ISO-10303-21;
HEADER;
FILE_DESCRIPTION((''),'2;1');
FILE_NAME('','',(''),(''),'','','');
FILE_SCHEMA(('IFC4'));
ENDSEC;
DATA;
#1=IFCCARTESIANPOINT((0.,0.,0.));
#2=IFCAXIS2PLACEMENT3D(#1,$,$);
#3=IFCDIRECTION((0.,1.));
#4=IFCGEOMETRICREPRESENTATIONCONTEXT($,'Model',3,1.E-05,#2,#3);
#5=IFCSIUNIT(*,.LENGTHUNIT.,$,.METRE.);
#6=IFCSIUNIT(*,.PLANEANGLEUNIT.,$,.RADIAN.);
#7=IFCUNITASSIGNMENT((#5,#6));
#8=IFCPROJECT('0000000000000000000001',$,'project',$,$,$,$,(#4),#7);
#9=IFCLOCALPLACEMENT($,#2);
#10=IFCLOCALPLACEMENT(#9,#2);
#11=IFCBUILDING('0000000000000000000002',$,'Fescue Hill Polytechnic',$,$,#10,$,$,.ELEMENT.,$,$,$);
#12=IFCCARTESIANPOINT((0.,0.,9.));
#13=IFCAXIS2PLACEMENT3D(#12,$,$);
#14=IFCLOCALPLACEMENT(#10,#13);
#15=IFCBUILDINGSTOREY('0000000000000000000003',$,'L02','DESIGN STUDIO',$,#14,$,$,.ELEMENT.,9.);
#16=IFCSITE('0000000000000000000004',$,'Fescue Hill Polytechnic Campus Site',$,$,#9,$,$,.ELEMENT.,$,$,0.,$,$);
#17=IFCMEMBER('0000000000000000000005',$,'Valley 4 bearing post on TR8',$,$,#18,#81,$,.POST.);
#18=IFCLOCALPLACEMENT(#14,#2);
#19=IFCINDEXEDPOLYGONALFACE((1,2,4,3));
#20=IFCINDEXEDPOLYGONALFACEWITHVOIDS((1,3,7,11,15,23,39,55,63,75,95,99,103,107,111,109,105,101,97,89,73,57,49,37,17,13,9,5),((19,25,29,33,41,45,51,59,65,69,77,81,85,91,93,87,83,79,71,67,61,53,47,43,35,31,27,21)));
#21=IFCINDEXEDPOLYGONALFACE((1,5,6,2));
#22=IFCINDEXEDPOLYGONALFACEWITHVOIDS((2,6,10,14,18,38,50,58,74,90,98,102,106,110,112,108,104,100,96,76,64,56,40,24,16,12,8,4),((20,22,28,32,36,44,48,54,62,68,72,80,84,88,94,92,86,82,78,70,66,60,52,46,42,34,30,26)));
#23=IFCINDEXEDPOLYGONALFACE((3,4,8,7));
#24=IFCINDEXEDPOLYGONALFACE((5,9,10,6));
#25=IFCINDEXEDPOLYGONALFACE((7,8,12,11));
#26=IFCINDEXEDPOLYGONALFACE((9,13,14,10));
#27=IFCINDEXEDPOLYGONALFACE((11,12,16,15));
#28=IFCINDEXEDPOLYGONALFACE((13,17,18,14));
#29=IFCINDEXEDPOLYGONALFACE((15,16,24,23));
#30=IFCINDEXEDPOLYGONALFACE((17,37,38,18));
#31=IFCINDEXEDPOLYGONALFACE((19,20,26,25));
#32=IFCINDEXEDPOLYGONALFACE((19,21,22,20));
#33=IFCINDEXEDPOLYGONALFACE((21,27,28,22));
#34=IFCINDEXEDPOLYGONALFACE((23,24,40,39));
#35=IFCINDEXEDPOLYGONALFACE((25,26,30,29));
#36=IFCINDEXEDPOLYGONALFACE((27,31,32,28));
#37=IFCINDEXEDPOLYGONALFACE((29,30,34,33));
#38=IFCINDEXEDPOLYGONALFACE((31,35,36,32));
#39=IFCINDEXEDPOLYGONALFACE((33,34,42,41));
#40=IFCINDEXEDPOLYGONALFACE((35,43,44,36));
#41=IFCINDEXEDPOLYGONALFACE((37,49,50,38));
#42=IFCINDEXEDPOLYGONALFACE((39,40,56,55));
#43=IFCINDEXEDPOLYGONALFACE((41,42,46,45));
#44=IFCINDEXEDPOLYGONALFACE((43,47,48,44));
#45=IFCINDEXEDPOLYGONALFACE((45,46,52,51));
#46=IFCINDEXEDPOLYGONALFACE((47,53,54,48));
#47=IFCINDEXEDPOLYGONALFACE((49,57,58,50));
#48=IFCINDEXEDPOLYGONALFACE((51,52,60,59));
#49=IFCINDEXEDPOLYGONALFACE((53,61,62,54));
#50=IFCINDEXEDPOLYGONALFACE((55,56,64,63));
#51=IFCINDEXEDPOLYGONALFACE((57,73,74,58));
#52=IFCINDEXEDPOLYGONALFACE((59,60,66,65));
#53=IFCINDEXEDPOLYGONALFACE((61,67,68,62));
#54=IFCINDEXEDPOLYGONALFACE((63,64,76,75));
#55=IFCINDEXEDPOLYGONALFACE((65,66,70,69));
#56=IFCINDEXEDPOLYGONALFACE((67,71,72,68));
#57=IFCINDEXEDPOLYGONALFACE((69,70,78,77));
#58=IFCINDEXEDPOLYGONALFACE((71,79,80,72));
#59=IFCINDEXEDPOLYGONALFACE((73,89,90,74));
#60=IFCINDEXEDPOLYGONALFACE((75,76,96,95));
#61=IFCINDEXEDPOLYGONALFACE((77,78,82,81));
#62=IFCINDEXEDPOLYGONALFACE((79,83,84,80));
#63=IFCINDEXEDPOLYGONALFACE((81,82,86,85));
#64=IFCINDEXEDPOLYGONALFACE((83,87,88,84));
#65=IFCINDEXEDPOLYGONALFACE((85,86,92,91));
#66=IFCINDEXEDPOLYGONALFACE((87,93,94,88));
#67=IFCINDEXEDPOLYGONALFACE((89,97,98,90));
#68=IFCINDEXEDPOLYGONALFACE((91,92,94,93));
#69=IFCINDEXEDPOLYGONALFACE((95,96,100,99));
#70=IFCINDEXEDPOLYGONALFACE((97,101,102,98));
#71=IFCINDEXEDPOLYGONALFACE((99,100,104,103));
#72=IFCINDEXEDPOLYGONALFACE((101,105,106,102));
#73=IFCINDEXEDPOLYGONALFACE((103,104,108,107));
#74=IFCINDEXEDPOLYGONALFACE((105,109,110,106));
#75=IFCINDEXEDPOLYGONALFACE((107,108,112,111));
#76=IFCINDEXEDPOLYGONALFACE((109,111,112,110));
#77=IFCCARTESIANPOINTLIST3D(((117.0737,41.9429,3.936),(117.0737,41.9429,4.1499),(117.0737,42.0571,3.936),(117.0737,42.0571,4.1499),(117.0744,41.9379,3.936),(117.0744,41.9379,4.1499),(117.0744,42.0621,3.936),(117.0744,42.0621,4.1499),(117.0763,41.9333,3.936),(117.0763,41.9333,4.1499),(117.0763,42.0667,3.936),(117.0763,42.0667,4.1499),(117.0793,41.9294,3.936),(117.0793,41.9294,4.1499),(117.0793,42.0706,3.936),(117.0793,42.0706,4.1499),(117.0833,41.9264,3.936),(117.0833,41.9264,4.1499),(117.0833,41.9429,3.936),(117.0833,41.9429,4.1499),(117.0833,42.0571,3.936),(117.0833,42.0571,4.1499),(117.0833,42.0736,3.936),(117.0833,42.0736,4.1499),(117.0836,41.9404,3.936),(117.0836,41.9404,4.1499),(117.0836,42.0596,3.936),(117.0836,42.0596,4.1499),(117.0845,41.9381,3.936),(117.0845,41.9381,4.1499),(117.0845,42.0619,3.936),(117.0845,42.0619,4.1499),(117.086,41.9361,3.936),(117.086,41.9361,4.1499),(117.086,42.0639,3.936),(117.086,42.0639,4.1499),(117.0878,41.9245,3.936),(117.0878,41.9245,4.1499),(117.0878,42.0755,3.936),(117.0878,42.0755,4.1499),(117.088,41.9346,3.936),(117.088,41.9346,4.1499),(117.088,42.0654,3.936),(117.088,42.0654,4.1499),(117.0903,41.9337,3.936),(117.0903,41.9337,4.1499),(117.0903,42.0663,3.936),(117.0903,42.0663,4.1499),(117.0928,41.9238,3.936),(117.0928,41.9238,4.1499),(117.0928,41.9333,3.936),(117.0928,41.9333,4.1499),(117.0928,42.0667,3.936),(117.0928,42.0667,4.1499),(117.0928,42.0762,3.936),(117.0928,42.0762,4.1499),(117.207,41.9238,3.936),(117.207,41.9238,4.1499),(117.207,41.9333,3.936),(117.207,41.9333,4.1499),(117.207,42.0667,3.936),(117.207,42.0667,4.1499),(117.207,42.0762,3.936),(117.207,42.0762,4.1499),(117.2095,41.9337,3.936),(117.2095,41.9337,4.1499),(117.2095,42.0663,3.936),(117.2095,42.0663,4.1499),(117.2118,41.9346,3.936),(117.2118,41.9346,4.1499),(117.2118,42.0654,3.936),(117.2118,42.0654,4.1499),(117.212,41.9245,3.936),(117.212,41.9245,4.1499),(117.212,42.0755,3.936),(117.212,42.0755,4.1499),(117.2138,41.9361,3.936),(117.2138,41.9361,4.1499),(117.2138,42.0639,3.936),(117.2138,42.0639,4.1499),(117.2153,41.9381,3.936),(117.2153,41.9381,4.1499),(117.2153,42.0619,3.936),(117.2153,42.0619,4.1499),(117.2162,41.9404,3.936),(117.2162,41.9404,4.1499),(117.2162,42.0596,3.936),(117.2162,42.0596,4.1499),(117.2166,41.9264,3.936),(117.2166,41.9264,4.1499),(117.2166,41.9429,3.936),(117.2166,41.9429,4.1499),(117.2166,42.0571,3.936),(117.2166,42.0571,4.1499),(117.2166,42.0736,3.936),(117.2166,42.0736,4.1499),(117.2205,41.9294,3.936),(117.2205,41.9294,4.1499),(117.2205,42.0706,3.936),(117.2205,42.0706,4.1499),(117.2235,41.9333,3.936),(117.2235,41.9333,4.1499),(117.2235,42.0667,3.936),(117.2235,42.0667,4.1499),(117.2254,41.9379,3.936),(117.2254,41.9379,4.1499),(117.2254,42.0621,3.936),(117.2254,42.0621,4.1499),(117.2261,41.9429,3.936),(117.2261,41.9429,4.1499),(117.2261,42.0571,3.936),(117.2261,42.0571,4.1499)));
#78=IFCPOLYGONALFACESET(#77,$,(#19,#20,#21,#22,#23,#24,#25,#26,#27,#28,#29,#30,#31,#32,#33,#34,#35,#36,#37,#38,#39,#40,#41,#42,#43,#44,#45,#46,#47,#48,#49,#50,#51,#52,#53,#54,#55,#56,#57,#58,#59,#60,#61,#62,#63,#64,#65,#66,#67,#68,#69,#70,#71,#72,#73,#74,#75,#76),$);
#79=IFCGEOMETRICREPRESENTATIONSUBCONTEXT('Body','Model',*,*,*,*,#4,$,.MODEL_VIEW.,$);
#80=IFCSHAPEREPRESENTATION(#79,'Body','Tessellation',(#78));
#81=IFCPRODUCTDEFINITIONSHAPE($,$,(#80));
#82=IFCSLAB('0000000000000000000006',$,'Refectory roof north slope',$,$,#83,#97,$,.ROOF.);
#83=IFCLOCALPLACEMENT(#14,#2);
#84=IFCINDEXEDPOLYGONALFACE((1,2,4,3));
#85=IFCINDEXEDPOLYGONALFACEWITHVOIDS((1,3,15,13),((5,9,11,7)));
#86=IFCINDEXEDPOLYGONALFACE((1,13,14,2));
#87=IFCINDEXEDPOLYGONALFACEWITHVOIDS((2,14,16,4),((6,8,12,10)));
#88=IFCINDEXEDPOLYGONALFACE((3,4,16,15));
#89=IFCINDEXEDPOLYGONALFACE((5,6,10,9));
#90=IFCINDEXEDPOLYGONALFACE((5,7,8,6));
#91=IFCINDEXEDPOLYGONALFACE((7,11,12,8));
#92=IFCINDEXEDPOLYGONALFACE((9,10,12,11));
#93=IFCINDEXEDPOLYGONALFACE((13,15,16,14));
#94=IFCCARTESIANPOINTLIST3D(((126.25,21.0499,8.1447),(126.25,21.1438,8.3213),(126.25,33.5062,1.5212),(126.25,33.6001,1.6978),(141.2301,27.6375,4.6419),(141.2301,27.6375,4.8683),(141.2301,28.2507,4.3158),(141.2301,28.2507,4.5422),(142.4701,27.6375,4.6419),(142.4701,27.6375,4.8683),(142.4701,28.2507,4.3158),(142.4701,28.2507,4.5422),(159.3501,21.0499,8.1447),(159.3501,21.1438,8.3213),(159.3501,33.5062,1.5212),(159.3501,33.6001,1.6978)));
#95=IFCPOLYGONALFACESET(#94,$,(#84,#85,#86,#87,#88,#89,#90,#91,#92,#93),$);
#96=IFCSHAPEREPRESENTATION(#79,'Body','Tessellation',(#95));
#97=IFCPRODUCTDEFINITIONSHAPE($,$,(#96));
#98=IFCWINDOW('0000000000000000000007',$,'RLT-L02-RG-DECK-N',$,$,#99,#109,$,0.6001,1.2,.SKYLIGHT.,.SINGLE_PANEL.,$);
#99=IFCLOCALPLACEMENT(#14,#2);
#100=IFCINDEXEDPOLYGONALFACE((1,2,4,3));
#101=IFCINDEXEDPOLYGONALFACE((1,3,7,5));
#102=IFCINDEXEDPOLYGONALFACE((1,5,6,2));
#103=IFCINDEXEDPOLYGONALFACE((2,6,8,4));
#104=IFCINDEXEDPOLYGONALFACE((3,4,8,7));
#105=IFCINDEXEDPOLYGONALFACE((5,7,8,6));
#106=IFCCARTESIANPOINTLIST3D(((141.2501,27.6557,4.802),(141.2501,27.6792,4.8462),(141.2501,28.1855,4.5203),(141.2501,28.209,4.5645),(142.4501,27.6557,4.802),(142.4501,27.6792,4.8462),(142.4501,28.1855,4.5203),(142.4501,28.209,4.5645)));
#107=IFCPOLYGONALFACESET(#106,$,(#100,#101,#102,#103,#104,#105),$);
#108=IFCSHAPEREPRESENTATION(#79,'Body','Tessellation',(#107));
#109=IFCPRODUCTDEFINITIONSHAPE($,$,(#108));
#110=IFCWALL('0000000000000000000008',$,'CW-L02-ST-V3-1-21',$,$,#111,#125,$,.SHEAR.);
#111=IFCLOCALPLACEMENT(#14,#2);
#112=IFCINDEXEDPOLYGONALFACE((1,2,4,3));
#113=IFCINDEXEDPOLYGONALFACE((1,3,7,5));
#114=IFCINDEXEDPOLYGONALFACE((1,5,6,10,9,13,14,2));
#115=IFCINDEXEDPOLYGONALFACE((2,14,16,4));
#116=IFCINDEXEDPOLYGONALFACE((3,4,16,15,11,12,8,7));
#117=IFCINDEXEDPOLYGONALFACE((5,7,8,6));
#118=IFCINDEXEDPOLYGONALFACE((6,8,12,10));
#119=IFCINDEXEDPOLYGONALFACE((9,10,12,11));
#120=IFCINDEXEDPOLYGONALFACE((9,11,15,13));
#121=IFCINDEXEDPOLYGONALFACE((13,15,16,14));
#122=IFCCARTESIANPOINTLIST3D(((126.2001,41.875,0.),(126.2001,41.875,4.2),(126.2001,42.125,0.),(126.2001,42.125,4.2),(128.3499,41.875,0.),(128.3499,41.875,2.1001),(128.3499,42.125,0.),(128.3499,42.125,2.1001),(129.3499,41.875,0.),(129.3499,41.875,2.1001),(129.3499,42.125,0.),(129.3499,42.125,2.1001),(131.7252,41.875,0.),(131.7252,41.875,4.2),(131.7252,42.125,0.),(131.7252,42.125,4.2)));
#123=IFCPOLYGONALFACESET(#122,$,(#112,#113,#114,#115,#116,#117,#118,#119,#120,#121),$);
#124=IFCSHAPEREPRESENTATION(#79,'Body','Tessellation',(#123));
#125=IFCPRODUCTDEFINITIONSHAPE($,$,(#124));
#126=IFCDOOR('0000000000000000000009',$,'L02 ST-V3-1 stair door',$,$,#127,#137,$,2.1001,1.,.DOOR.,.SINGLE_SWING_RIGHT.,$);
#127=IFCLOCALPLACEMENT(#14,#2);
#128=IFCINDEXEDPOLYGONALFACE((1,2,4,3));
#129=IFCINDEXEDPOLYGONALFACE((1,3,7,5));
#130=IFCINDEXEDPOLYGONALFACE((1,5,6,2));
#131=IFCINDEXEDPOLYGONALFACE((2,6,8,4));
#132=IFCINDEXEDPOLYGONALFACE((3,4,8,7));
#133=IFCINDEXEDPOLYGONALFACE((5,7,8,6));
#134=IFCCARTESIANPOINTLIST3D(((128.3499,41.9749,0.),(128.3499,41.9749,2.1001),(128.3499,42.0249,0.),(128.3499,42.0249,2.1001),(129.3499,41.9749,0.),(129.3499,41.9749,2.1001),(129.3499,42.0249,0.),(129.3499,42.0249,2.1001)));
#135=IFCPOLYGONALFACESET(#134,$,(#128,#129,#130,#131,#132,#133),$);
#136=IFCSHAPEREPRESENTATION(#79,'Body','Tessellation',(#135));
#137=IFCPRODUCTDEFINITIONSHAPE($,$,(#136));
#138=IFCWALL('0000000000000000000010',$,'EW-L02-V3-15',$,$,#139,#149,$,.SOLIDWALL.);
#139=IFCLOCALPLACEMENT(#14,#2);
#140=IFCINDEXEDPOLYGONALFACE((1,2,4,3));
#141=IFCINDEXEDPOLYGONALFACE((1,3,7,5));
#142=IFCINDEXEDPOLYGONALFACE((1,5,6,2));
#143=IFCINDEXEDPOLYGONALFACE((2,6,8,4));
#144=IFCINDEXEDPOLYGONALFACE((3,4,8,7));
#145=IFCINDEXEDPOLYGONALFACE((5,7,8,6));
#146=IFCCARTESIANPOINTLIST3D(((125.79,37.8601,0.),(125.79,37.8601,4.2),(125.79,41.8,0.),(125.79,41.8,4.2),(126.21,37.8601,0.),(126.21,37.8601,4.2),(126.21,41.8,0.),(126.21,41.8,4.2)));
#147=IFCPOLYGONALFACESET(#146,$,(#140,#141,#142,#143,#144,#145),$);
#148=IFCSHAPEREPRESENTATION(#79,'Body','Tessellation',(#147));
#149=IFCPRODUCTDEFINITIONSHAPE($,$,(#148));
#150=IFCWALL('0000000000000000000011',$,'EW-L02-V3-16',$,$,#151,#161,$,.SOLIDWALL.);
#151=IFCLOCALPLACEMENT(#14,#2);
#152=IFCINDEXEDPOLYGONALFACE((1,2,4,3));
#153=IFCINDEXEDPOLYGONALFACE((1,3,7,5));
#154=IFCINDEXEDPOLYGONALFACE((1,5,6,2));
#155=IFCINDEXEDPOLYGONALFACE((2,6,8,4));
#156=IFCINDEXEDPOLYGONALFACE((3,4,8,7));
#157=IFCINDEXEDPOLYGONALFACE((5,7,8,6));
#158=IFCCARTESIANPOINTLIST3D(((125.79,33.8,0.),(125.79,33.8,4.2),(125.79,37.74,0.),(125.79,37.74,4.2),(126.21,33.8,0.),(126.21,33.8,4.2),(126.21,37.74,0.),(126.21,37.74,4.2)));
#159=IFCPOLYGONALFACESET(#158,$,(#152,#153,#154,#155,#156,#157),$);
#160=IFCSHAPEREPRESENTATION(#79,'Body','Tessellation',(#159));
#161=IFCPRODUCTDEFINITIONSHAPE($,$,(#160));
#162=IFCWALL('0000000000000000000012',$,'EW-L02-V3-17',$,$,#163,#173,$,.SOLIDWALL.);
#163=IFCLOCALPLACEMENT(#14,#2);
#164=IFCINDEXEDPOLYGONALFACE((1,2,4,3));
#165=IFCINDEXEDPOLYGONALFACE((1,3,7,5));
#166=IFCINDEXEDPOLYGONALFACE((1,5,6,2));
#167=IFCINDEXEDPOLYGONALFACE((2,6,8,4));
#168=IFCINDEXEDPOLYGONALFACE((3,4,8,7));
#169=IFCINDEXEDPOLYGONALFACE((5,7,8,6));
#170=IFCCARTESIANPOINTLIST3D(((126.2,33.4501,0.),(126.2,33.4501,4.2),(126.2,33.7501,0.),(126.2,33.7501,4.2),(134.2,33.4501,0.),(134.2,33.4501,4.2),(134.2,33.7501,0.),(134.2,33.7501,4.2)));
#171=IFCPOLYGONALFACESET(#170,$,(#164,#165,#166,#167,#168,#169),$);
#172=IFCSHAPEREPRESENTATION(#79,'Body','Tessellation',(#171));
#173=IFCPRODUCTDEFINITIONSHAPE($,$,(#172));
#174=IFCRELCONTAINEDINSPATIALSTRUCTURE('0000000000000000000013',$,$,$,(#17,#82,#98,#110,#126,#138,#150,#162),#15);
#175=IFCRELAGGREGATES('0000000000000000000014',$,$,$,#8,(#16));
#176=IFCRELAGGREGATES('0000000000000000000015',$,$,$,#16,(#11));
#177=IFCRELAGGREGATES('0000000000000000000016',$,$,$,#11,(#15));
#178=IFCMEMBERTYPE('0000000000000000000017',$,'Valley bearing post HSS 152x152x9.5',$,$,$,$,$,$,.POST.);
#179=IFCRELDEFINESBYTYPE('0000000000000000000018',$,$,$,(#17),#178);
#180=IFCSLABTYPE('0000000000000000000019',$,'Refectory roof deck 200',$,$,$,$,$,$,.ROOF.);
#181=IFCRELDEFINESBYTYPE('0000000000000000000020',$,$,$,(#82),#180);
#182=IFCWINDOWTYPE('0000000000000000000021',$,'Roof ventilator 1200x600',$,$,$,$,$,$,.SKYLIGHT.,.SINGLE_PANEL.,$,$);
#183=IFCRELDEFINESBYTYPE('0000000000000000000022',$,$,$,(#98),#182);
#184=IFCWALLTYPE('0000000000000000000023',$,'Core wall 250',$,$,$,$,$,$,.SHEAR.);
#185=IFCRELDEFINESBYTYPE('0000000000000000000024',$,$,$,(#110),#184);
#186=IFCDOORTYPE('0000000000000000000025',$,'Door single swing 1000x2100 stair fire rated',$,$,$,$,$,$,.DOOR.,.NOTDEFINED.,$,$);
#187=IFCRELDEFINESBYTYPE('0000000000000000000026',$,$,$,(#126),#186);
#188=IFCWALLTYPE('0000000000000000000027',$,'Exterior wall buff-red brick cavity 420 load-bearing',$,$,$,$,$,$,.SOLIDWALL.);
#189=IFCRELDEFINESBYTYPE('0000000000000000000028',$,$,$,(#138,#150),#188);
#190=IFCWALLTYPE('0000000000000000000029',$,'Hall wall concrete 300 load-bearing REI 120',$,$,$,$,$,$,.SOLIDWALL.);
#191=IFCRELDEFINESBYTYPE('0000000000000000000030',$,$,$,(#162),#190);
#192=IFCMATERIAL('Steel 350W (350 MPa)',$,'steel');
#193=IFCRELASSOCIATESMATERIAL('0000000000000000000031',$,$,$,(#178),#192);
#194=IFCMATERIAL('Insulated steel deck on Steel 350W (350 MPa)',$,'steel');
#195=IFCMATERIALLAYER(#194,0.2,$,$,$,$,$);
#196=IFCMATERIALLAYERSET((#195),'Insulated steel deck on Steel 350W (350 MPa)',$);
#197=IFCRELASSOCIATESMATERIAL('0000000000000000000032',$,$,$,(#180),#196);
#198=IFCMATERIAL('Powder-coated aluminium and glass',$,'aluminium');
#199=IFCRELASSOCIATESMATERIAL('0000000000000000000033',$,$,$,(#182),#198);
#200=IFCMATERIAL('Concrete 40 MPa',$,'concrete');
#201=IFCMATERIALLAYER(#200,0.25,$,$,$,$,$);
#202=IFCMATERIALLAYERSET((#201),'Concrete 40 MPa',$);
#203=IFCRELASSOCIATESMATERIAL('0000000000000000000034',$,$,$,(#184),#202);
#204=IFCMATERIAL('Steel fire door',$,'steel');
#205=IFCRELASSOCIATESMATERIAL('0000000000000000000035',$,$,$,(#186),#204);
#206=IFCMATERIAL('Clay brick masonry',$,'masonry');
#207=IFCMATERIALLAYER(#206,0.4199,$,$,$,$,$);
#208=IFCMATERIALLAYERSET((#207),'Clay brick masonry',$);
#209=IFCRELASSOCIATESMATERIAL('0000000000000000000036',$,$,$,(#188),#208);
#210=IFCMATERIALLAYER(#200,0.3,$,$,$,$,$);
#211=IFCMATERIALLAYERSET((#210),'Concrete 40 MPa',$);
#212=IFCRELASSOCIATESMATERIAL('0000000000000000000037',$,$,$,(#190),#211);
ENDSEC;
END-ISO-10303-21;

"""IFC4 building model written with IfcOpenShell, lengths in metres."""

from ifc_helpers import new_model, si_unit, direction, frame, frame_2d, origin, origin_2d, place, context, subcontext, project, spatial, polyline, rectangle, hollow_rectangle, outline, extrude, material, layer, layer_set, material_profile, profile_set, type_object, element, fill, save


model = new_model("IFC4")

# Units and contexts
model_context = context("Model", 3, precision=1e-05, world=origin(), true_north=direction((0.0, 1.0)))
body_context = subcontext(model_context, "Body", "Model", "MODEL_VIEW")
ifc_project = project(units=[si_unit("LENGTHUNIT", "METRE"), si_unit("PLANEANGLEUNIT", "RADIAN")], contexts=[model_context])

# Site, building, storey
site_placement = place(None, origin())
site = spatial("IfcSite", under=ifc_project, at=site_placement, Name="Fescue Hill Polytechnic Campus Site", CompositionType="ELEMENT", RefElevation=0.0)
building_placement = place(site_placement, origin())
building = spatial("IfcBuilding", under=site, at=building_placement, Name="Fescue Hill Polytechnic", CompositionType="ELEMENT")
storey_placement = place(building_placement, frame((0.0, 0.0, 9.0)))
storey = spatial("IfcBuildingStorey", under=building, at=storey_placement, Name="L02", Description="DESIGN STUDIO", CompositionType="ELEMENT", Elevation=9.0)

# Shared definitions
ifc_material_1 = material(Name="Concrete 40 MPa", Category="concrete")

# Member
ifc_material_2 = material(Name="Steel 350W (350 MPa)", Category="steel")
ifc_material_profile_1 = material_profile(ifc_material_2, hollow_rectangle(XDim=0.1523, YDim=0.1523, WallThickness=0.0095, InnerFilletRadius=0.0095, OuterFilletRadius=0.019, at=origin_2d()), Name="Valley bearing post HSS 152x152x9.5")
ifc_profile_set_1 = profile_set([ifc_material_profile_1], Name="Steel 350W (350 MPa)")
member_type_1 = type_object("IfcMemberType", Name="Valley bearing post HSS 152x152x9.5", PredefinedType="POST", material=ifc_profile_set_1)
for number, where, z_axis, x_axis, name in (
    (1, (117.1499, 42.0, 3.936), (0.0, 0.0, 1.0), (1.0, 0.0, 0.0), "Valley 4 bearing post on TR8"),
):
    element("IfcMember", number, at=place(storey_placement, frame(where, z_axis=z_axis, x_axis=x_axis)), inside=storey, type_object=member_type_1, Name=name, PredefinedType="POST", context=body_context, shape_type="SweptSolid", body=[
        extrude(hollow_rectangle(XDim=0.1523, YDim=0.1523, WallThickness=0.0095, InnerFilletRadius=0.0095, OuterFilletRadius=0.019, at=origin_2d()), origin(), (0.0, 0.0, 1.0), 0.2139),
    ])

# Slab, opening, window
ifc_material_3 = material(Name="Insulated steel deck on Steel 350W (350 MPa)", Category="steel")
ifc_layer_1 = layer(ifc_material_3, 0.2)
ifc_layer_set_1 = layer_set([ifc_layer_1], Name="Insulated steel deck on Steel 350W (350 MPa)")
slab_type = type_object("IfcSlabType", Name="Refectory roof deck 200", PredefinedType="ROOF", material=ifc_layer_set_1)
slab_placement = place(storey_placement, frame((126.25, 33.6001, 1.6978), z_axis=(0.0, 0.469494, 0.882936), x_axis=(1.0, 0.0, 0.0)))
slab = element("IfcSlab", 2, at=slab_placement, inside=storey, type_object=slab_type, Name="Refectory roof north slope", PredefinedType="ROOF", context=body_context, shape_type="SweptSolid", body=[
    extrude(outline(polyline([(0.0, 0.0), (33.1001, 0.0), (33.1001, -14.1078), (0.0, -14.1078), (0.0, 0.0)])), origin(), (0.0, 0.0, -1.0), 0.2),
])
opening_1_placement = place(storey_placement, frame((141.8501, 27.9441, 4.0598)))
opening_1 = element("IfcOpeningElement", 3, at=opening_1_placement, cuts=slab, PredefinedType="OPENING", context=body_context, shape_type="SweptSolid", body=[
    extrude(rectangle(XDim=1.24, YDim=0.6133, at=origin_2d()), origin(), (0.0, 0.0, 1.0), 1.0647),
])
ifc_material_4 = material(Name="Powder-coated aluminium and glass", Category="aluminium")
window_type = type_object("IfcWindowType", Name="Roof ventilator 1200x600", PartitioningType="SINGLE_PANEL", PredefinedType="SKYLIGHT", material=ifc_material_4)
window_placement = place(storey_placement, frame((141.8501, 27.9441, 4.7053), z_axis=(0.0, 0.469494, 0.882936), x_axis=(1.0, 0.0, 0.0)))
window = element("IfcWindow", 4, at=window_placement, inside=storey, type_object=window_type, Name="RLT-L02-RG-DECK-N", OverallHeight=0.6001, OverallWidth=1.2, PartitioningType="SINGLE_PANEL", PredefinedType="SKYLIGHT", context=body_context, shape_type="SweptSolid", body=[
    extrude(rectangle(XDim=1.2, YDim=0.6001, at=origin_2d()), origin(), (0.0, 0.0, -1.0), 0.05),
])
fill(opening_1, window)

# Wall, opening, door
ifc_layer_2 = layer(ifc_material_1, 0.25)
ifc_layer_set_2 = layer_set([ifc_layer_2], Name="Concrete 40 MPa")
wall_type_1 = type_object("IfcWallType", Name="Core wall 250", PredefinedType="SHEAR", material=ifc_layer_set_2)
wall_1_placement = place(storey_placement, frame((126.2, 42.0, 0.0), z_axis=(0.0, 0.0, 1.0), x_axis=(1.0, 0.0, 0.0)))
wall_1 = element("IfcWall", 5, at=wall_1_placement, inside=storey, type_object=wall_type_1, Name="CW-L02-ST-V3-1-21", PredefinedType="SHEAR", context=body_context, shape_type="SweptSolid", body=[
    extrude(rectangle(XDim=5.5251, YDim=0.25, at=frame_2d((2.7627, 0.0))), origin(), (0.0, 0.0, 1.0), 4.2),
])
opening_2_placement = place(wall_1_placement, frame((2.1499, 0.0, 0.0)))
opening_2 = element("IfcOpeningElement", 6, at=opening_2_placement, cuts=wall_1, PredefinedType="OPENING", context=body_context, shape_type="SweptSolid", body=[
    extrude(rectangle(XDim=1.0, YDim=2.1001, at=frame_2d((0.5, 1.05))), frame((0.0, 0.135, 0.0), z_axis=(0.0, -1.0, 0.0), x_axis=(1.0, 0.0, 0.0)), (0.0, 0.0, 1.0), 0.27),
])
ifc_material_5 = material(Name="Steel fire door", Category="steel")
door_type = type_object("IfcDoorType", Name="Door single swing 1000x2100 stair fire rated", OperationType="NOTDEFINED", PredefinedType="DOOR", material=ifc_material_5)
door_placement = place(opening_2_placement, origin())
door = element("IfcDoor", 7, at=door_placement, inside=storey, type_object=door_type, Name="L02 ST-V3-1 stair door", OperationType="SINGLE_SWING_RIGHT", OverallHeight=2.1001, OverallWidth=1.0, PredefinedType="DOOR", context=body_context, shape_type="SweptSolid", body=[
    extrude(rectangle(XDim=1.0, YDim=2.1001, at=frame_2d((0.5, 1.05))), frame((0.0, 0.0249, 0.0), z_axis=(0.0, -1.0, 0.0), x_axis=(1.0, 0.0, 0.0)), (0.0, 0.0, 1.0), 0.05),
])
fill(opening_2, door)

# Walls
ifc_material_6 = material(Name="Clay brick masonry", Category="masonry")
ifc_layer_3 = layer(ifc_material_6, 0.4199)
ifc_layer_set_3 = layer_set([ifc_layer_3], Name="Clay brick masonry")
wall_type_2 = type_object("IfcWallType", Name="Exterior wall buff-red brick cavity 420 load-bearing", PredefinedType="SOLIDWALL", material=ifc_layer_set_3)
for number, where, z_axis, x_axis, name in (
    (8, (126.0, 41.8, 0.0), (0.0, 0.0, 1.0), (0.0, -1.0, 0.0), "EW-L02-V3-15"),
    (9, (126.0, 37.74, 0.0), (0.0, 0.0, 1.0), (0.0, -1.0, 0.0), "EW-L02-V3-16"),
):
    element("IfcWall", number, at=place(storey_placement, frame(where, z_axis=z_axis, x_axis=x_axis)), inside=storey, type_object=wall_type_2, Name=name, PredefinedType="SOLIDWALL", context=body_context, shape_type="SweptSolid", body=[
        extrude(rectangle(XDim=3.9399, YDim=0.4199, at=frame_2d((1.97, 0.0))), origin(), (0.0, 0.0, 1.0), 4.2),
    ])
ifc_layer_4 = layer(ifc_material_1, 0.3)
ifc_layer_set_4 = layer_set([ifc_layer_4], Name="Concrete 40 MPa")
wall_type_3 = type_object("IfcWallType", Name="Hall wall concrete 300 load-bearing REI 120", PredefinedType="SOLIDWALL", material=ifc_layer_set_4)
wall_2_placement = place(storey_placement, frame((126.2, 33.6001, 0.0), z_axis=(0.0, 0.0, 1.0), x_axis=(1.0, 0.0, 0.0)))
element("IfcWall", 10, at=wall_2_placement, inside=storey, type_object=wall_type_3, Name="EW-L02-V3-17", PredefinedType="SOLIDWALL", context=body_context, shape_type="SweptSolid", body=[
    extrude(rectangle(XDim=8.0, YDim=0.3, at=frame_2d((4.0, 0.0))), origin(), (0.0, 0.0, 1.0), 4.2),
])

save(model, "model.ifc")
